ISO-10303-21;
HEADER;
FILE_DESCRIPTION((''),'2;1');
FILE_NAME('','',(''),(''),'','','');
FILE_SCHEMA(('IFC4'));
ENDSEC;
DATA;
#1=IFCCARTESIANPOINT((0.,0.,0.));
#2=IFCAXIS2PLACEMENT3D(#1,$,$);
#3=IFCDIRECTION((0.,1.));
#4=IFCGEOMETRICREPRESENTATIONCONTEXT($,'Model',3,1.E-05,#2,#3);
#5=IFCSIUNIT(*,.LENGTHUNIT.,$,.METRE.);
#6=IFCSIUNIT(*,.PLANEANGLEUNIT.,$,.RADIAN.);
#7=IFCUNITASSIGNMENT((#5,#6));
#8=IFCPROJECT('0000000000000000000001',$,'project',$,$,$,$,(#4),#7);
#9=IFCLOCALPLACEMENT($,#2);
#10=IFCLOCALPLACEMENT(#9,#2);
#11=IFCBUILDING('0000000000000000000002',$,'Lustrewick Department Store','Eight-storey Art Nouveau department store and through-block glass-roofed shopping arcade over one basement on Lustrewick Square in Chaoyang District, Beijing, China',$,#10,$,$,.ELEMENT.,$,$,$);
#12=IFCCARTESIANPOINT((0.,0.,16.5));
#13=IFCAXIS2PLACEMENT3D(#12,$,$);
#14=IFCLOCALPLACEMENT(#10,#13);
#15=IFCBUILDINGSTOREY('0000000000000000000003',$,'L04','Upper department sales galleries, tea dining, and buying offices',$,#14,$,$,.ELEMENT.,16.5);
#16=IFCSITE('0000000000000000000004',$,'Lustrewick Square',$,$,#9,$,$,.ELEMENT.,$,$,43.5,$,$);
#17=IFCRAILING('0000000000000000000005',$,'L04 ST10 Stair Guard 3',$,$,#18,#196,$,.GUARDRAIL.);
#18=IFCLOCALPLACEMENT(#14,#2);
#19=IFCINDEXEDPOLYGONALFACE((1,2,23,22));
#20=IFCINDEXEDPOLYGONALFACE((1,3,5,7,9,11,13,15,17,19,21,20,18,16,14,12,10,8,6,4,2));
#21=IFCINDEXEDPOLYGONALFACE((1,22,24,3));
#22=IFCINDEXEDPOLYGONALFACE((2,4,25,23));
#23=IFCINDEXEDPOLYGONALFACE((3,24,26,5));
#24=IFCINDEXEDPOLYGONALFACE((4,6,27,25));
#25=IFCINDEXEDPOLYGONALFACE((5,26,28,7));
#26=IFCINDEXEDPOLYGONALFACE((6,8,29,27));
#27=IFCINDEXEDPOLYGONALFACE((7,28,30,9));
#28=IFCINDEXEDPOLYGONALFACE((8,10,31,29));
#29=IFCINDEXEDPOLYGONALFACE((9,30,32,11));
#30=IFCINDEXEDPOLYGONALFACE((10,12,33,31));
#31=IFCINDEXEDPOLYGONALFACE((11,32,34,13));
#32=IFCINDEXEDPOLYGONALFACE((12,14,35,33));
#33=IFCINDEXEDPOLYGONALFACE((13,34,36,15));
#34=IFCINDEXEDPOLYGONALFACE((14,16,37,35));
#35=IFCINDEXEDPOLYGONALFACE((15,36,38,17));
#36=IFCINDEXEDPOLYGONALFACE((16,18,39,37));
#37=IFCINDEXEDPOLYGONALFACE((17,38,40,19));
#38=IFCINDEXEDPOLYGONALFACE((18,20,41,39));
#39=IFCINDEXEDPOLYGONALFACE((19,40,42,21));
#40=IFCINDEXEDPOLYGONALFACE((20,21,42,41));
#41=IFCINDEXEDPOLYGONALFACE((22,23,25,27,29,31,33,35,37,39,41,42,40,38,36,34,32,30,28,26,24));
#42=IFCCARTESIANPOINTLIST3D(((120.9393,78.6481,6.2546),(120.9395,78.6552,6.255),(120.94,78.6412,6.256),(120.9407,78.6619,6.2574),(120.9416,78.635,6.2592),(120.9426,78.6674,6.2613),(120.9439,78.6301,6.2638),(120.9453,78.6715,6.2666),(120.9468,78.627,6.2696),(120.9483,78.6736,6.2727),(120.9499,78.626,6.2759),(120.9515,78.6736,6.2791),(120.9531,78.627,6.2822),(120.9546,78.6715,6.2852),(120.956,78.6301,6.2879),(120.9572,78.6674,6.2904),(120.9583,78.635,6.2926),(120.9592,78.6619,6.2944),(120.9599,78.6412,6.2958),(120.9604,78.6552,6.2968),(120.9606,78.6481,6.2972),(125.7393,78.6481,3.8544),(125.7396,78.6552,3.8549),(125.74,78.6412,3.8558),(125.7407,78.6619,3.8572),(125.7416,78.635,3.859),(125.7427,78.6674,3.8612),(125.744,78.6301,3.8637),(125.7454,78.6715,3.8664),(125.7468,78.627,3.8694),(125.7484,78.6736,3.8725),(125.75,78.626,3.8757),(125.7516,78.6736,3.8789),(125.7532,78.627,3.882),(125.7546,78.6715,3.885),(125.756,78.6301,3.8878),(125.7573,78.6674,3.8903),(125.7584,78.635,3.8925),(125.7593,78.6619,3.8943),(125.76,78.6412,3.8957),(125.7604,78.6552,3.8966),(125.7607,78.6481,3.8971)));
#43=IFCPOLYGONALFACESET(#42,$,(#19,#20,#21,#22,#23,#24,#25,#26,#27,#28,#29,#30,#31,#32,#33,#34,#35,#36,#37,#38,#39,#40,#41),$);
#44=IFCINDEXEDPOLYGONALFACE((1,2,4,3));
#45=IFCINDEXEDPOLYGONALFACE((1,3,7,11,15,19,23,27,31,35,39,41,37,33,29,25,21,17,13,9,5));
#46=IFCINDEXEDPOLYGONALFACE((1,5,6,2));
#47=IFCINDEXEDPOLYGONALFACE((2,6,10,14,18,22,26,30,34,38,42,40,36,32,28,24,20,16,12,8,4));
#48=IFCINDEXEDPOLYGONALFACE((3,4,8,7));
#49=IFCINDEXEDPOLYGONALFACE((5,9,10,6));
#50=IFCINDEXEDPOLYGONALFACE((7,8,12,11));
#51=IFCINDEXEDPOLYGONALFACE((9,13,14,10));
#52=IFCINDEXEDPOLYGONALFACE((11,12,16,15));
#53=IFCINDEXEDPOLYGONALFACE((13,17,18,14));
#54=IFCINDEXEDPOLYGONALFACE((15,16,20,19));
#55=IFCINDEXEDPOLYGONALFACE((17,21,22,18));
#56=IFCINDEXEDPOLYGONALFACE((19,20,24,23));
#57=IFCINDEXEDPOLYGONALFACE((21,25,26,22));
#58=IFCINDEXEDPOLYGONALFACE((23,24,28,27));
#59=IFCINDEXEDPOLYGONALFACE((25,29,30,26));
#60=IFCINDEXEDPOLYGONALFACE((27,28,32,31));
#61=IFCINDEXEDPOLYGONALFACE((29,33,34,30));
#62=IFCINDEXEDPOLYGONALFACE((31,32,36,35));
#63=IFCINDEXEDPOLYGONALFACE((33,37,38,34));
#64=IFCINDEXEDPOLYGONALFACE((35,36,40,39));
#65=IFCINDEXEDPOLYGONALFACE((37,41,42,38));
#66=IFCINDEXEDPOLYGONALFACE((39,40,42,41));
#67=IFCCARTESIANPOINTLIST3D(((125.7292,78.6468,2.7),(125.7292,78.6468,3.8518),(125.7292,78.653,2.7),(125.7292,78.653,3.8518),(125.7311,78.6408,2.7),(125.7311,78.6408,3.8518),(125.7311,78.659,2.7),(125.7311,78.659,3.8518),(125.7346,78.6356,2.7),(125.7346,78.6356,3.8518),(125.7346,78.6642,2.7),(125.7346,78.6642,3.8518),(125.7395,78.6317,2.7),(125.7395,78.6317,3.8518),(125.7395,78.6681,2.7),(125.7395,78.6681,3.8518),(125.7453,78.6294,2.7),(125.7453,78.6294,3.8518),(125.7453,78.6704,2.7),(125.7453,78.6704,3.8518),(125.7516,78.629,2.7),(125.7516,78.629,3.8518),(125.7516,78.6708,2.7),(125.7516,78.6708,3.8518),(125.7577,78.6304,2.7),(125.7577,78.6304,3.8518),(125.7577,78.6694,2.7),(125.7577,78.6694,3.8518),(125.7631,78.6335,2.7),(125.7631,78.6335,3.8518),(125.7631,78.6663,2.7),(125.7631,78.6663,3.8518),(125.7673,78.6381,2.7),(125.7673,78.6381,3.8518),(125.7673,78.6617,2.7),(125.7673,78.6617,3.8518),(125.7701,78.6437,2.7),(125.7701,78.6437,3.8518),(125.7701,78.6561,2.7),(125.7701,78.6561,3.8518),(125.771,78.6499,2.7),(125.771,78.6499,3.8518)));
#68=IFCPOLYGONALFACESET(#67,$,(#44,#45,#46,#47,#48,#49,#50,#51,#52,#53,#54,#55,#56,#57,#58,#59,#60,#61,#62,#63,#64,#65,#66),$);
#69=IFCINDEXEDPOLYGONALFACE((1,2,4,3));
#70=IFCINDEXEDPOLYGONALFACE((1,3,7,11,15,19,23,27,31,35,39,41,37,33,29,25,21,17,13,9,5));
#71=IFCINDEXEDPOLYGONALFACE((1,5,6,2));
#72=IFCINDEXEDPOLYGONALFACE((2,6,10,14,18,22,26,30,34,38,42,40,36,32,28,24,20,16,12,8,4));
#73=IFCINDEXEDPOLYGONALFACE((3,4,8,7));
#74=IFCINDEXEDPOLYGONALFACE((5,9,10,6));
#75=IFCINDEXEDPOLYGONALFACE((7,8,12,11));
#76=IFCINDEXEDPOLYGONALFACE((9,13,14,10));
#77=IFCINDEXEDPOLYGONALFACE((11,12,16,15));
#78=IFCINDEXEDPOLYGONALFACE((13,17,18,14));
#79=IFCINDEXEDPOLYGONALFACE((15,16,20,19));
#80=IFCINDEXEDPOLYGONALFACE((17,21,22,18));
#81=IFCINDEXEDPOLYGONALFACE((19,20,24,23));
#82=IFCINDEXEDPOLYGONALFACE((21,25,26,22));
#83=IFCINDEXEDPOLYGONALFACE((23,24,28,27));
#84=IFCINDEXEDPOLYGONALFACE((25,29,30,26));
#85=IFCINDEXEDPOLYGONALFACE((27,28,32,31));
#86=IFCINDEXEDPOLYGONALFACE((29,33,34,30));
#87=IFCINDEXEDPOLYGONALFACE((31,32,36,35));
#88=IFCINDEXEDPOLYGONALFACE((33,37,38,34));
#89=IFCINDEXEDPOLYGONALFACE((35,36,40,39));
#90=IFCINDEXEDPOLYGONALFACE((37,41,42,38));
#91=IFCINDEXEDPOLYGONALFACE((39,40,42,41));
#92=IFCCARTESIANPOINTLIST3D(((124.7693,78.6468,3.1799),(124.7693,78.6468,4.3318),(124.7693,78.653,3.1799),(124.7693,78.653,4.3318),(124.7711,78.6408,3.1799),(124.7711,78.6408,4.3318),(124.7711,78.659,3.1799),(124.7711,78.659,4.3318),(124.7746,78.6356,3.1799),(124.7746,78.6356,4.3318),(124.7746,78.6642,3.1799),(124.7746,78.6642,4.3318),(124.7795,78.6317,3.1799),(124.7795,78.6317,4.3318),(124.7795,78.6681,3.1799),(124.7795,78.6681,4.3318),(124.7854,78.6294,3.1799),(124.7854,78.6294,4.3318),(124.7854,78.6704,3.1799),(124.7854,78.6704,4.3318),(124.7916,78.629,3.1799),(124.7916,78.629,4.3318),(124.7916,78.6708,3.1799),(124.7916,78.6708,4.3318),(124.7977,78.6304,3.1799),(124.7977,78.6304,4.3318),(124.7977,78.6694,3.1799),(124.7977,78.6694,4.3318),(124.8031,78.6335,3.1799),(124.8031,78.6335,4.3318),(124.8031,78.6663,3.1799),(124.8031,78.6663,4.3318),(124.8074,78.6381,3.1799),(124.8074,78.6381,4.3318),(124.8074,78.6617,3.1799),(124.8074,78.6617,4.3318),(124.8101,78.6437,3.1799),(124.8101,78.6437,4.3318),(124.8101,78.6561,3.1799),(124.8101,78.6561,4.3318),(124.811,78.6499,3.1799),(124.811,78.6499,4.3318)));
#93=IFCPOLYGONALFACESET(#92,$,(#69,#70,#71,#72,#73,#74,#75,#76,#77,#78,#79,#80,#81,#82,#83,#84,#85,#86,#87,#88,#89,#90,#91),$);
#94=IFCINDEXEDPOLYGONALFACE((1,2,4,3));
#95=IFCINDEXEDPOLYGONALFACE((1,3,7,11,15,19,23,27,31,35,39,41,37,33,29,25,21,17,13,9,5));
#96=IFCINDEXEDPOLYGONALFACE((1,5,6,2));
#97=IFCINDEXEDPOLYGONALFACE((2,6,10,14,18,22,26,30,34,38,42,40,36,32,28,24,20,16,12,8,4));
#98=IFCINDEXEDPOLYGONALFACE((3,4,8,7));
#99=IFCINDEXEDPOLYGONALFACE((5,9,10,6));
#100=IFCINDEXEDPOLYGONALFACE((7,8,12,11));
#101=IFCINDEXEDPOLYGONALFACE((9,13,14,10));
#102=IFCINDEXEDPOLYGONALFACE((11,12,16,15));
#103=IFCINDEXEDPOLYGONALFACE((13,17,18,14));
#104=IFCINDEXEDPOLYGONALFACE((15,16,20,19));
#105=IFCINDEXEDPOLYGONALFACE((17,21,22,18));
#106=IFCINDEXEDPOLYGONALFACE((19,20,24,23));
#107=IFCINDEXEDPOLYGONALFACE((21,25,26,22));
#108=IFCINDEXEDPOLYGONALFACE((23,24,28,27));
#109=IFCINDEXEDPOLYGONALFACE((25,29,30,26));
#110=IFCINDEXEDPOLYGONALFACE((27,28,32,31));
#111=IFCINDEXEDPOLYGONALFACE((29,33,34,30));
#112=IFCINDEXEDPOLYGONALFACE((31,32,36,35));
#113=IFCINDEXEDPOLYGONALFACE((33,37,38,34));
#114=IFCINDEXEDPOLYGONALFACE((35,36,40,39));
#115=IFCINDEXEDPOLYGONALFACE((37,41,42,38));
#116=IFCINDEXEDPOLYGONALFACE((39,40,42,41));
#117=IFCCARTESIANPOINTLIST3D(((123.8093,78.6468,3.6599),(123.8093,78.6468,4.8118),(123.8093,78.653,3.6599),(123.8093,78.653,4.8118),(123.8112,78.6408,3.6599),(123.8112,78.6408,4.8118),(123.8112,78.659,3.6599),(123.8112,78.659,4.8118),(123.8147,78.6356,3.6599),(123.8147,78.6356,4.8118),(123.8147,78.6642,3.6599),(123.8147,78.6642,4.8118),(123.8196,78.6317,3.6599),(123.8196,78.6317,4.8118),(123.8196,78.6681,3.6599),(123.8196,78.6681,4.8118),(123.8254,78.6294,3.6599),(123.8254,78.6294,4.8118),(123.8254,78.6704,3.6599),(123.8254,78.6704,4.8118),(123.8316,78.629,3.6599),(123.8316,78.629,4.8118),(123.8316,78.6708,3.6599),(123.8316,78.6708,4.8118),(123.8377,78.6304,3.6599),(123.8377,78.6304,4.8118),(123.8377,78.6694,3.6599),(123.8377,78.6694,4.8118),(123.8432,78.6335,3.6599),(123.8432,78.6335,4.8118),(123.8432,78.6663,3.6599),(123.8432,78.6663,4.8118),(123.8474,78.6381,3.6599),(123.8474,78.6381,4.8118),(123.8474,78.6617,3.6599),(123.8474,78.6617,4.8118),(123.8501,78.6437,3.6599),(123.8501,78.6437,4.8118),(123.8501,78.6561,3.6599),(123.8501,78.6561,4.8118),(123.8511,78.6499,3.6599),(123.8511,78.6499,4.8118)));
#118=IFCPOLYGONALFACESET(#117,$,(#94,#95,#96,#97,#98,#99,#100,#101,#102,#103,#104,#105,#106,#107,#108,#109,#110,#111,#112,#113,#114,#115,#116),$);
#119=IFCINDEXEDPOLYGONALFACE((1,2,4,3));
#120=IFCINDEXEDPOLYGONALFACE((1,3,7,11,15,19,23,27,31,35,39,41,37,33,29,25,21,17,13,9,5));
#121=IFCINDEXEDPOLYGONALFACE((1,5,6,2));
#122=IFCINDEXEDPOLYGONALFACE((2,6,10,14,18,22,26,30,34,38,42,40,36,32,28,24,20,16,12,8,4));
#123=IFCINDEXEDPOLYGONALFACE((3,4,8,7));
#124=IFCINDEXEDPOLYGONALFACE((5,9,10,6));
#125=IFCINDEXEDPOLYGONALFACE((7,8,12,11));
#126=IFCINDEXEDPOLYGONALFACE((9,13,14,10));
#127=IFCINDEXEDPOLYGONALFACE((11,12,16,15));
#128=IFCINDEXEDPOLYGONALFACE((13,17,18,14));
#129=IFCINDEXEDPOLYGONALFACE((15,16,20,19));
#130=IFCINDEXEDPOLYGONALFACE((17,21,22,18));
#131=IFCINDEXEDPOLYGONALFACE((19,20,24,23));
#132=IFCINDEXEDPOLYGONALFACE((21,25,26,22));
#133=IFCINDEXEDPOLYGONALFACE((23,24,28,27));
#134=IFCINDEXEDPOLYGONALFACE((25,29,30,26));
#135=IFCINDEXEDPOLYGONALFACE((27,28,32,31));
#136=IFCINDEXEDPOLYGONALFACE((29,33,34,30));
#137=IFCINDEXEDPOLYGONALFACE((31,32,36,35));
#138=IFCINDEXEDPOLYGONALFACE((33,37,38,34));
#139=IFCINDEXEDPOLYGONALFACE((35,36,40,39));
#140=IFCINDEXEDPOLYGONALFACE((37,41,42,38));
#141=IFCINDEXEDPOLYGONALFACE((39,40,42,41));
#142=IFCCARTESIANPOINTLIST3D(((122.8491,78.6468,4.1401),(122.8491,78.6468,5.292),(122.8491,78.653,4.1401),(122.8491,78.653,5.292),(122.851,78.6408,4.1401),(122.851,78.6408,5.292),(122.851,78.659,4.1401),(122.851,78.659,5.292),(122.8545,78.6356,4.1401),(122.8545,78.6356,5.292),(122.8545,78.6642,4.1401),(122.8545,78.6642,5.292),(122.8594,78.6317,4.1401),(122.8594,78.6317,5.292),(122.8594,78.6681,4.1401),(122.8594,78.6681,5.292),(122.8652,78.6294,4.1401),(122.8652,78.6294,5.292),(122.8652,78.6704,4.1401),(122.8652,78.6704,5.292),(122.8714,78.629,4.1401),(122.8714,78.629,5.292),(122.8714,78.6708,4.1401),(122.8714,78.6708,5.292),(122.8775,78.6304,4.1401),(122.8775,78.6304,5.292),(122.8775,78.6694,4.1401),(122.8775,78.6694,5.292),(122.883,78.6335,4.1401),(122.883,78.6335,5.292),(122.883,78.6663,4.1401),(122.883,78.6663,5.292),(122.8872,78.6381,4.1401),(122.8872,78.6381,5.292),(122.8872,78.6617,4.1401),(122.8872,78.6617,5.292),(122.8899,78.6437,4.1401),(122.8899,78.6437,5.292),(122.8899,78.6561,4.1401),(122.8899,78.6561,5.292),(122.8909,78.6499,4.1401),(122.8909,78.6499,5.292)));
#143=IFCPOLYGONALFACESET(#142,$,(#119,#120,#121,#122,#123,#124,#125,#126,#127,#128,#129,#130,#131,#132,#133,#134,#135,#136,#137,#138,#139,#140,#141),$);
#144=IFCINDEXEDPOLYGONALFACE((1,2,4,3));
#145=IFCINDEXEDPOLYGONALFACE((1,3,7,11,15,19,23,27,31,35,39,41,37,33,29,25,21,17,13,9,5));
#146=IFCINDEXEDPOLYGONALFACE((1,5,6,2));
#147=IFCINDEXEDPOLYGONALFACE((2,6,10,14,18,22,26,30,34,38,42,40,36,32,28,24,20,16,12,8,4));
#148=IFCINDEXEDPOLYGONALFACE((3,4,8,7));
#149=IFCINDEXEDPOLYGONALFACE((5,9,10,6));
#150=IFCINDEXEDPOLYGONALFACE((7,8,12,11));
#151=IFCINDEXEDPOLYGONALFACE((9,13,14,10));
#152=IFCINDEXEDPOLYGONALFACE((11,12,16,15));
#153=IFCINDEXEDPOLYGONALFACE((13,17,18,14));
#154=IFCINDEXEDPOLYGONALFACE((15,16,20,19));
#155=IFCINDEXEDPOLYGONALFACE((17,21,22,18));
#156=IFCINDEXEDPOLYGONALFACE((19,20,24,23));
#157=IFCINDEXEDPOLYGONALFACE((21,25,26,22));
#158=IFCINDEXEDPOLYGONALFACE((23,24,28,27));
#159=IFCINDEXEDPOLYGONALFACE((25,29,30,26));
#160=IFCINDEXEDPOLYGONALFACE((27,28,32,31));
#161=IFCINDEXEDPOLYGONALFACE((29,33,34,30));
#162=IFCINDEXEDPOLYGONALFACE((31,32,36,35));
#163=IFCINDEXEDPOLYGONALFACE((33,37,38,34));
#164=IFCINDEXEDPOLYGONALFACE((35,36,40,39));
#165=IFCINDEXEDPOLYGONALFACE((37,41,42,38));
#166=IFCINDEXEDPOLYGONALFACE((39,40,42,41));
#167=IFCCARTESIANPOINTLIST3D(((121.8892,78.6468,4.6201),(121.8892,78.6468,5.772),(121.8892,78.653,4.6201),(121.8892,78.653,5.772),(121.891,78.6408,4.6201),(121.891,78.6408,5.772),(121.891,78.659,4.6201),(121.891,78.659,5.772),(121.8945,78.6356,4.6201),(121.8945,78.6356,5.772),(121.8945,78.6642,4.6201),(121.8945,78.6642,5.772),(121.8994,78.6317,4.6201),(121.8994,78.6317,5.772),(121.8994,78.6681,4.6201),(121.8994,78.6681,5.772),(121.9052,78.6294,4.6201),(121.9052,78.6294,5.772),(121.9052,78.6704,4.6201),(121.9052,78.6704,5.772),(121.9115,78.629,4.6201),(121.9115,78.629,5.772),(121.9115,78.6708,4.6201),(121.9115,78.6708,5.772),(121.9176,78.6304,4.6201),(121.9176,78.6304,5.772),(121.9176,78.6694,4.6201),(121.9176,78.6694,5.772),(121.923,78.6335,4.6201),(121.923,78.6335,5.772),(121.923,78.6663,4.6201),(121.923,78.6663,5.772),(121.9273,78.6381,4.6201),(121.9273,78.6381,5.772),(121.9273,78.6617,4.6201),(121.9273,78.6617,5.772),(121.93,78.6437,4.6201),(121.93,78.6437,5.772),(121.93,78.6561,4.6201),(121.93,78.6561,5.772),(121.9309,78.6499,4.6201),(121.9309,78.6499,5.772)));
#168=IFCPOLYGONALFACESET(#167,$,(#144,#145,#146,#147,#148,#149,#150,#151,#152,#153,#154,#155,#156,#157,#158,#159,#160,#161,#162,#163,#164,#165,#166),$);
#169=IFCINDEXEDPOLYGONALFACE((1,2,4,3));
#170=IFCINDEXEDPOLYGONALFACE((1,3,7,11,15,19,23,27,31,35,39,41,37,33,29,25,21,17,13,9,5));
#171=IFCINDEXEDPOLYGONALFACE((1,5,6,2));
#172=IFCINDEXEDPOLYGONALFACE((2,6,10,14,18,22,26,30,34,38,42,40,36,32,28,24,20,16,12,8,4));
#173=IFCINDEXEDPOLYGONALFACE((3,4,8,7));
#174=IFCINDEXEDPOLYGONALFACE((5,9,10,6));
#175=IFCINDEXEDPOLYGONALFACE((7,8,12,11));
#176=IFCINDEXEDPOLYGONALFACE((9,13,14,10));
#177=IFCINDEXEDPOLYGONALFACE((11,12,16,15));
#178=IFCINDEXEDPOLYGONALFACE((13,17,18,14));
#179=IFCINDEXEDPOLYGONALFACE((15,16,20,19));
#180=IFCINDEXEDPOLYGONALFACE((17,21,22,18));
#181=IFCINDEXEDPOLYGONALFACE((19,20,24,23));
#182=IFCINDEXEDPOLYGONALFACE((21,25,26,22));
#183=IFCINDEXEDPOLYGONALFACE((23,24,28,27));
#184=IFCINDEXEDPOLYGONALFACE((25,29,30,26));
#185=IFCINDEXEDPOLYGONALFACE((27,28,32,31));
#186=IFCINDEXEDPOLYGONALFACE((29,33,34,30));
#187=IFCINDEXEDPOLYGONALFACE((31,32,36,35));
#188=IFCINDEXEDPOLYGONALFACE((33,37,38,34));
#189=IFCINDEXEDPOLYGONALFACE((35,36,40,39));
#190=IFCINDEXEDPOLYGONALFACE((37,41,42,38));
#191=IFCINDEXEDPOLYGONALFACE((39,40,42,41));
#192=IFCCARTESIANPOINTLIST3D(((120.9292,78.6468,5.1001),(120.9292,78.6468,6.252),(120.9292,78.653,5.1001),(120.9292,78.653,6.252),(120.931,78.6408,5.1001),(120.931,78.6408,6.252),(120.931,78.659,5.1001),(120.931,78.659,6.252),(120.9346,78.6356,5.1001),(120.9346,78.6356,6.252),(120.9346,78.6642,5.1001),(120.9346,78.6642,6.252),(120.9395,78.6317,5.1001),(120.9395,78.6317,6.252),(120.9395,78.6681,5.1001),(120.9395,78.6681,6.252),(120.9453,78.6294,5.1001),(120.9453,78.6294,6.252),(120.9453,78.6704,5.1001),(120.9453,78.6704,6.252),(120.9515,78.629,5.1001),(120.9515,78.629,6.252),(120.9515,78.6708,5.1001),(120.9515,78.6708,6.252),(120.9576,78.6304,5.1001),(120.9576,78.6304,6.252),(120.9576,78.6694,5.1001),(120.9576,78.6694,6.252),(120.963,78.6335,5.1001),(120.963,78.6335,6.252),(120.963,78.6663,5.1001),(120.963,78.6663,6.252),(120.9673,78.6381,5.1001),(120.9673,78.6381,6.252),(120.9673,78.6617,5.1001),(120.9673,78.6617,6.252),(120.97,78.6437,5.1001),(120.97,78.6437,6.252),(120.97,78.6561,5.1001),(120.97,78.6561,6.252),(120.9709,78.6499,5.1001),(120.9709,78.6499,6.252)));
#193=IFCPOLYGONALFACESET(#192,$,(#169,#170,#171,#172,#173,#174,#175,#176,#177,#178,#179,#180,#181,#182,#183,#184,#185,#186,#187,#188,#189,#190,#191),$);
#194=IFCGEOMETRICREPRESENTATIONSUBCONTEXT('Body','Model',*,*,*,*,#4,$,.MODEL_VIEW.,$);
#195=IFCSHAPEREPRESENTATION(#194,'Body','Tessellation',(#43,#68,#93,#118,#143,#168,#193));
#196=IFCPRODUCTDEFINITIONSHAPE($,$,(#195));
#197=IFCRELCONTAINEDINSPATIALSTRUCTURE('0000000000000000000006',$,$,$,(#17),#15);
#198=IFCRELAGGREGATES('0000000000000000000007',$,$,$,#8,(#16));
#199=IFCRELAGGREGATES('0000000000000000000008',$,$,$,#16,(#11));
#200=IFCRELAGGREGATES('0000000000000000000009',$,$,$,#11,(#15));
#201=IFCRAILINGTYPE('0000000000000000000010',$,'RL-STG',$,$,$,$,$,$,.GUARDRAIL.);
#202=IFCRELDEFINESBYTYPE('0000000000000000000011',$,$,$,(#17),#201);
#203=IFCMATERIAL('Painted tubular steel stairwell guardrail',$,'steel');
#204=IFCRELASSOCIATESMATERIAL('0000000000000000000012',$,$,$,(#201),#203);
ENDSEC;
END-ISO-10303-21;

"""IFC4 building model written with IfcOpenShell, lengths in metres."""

from ifc_helpers import new_model, si_unit, direction, frame, origin, origin_2d, place, context, subcontext, project, spatial, circle, extrude, material, type_object, element, save


model = new_model("IFC4")

# Units and contexts
model_context = context("Model", 3, precision=1e-05, world=origin(), true_north=direction((0.0, 1.0)))
body_context = subcontext(model_context, "Body", "Model", "MODEL_VIEW")
ifc_project = project(units=[si_unit("LENGTHUNIT", "METRE"), si_unit("PLANEANGLEUNIT", "RADIAN")], contexts=[model_context])

# Site, building, storey
site_placement = place(None, origin())
site = spatial("IfcSite", under=ifc_project, at=site_placement, Name="Lustrewick Square", CompositionType="ELEMENT", RefElevation=43.5)
building_placement = place(site_placement, origin())
building = spatial("IfcBuilding", under=site, at=building_placement, Name="Lustrewick Department Store", Description="Eight-storey Art Nouveau department store and through-block glass-roofed shopping arcade over one basement on Lustrewick Square in Chaoyang District, Beijing, China", CompositionType="ELEMENT")
storey_placement = place(building_placement, frame((0.0, 0.0, 16.5)))
storey = spatial("IfcBuildingStorey", under=building, at=storey_placement, Name="L04", Description="Upper department sales galleries, tea dining, and buying offices", CompositionType="ELEMENT", Elevation=16.5)

# Railing
ifc_material_1 = material(Name="Painted tubular steel stairwell guardrail", Category="steel")
railing_type_1 = type_object("IfcRailingType", Name="RL-STG", PredefinedType="GUARDRAIL", material=ifc_material_1)
railing_1_placement = place(storey_placement, frame((125.75, 78.6499, 2.7)))
element("IfcRailing", 1, at=railing_1_placement, inside=storey, type_object=railing_type_1, Name="L04 ST10 Stair Guard 3", PredefinedType="GUARDRAIL", context=body_context, shape_type="SweptSolid", body=[
    extrude(circle(Radius=0.0239, at=origin_2d()), frame((0.0, 0.0, 1.1758), z_axis=(-0.894418, 0.0, 0.447232), x_axis=(0.0, -1.0, 0.0)), (0.0, 0.0, 1.0), 5.3667),
    extrude(circle(Radius=0.021, at=origin_2d()), origin(), (0.0, 0.0, 1.0), 1.1519),
    extrude(circle(Radius=0.021, at=origin_2d()), frame((-0.96, 0.0, 0.48)), (0.0, 0.0, 1.0), 1.1519),
    extrude(circle(Radius=0.021, at=origin_2d()), frame((-1.9199, 0.0, 0.96)), (0.0, 0.0, 1.0), 1.1519),
    extrude(circle(Radius=0.021, at=origin_2d()), frame((-2.8801, 0.0, 1.4402)), (0.0, 0.0, 1.0), 1.1519),
    extrude(circle(Radius=0.021, at=origin_2d()), frame((-3.8401, 0.0, 1.9202)), (0.0, 0.0, 1.0), 1.1519),
    extrude(circle(Radius=0.021, at=origin_2d()), frame((-4.8, 0.0, 2.4001)), (0.0, 0.0, 1.0), 1.1519),
])

save(model, "model.ifc")
